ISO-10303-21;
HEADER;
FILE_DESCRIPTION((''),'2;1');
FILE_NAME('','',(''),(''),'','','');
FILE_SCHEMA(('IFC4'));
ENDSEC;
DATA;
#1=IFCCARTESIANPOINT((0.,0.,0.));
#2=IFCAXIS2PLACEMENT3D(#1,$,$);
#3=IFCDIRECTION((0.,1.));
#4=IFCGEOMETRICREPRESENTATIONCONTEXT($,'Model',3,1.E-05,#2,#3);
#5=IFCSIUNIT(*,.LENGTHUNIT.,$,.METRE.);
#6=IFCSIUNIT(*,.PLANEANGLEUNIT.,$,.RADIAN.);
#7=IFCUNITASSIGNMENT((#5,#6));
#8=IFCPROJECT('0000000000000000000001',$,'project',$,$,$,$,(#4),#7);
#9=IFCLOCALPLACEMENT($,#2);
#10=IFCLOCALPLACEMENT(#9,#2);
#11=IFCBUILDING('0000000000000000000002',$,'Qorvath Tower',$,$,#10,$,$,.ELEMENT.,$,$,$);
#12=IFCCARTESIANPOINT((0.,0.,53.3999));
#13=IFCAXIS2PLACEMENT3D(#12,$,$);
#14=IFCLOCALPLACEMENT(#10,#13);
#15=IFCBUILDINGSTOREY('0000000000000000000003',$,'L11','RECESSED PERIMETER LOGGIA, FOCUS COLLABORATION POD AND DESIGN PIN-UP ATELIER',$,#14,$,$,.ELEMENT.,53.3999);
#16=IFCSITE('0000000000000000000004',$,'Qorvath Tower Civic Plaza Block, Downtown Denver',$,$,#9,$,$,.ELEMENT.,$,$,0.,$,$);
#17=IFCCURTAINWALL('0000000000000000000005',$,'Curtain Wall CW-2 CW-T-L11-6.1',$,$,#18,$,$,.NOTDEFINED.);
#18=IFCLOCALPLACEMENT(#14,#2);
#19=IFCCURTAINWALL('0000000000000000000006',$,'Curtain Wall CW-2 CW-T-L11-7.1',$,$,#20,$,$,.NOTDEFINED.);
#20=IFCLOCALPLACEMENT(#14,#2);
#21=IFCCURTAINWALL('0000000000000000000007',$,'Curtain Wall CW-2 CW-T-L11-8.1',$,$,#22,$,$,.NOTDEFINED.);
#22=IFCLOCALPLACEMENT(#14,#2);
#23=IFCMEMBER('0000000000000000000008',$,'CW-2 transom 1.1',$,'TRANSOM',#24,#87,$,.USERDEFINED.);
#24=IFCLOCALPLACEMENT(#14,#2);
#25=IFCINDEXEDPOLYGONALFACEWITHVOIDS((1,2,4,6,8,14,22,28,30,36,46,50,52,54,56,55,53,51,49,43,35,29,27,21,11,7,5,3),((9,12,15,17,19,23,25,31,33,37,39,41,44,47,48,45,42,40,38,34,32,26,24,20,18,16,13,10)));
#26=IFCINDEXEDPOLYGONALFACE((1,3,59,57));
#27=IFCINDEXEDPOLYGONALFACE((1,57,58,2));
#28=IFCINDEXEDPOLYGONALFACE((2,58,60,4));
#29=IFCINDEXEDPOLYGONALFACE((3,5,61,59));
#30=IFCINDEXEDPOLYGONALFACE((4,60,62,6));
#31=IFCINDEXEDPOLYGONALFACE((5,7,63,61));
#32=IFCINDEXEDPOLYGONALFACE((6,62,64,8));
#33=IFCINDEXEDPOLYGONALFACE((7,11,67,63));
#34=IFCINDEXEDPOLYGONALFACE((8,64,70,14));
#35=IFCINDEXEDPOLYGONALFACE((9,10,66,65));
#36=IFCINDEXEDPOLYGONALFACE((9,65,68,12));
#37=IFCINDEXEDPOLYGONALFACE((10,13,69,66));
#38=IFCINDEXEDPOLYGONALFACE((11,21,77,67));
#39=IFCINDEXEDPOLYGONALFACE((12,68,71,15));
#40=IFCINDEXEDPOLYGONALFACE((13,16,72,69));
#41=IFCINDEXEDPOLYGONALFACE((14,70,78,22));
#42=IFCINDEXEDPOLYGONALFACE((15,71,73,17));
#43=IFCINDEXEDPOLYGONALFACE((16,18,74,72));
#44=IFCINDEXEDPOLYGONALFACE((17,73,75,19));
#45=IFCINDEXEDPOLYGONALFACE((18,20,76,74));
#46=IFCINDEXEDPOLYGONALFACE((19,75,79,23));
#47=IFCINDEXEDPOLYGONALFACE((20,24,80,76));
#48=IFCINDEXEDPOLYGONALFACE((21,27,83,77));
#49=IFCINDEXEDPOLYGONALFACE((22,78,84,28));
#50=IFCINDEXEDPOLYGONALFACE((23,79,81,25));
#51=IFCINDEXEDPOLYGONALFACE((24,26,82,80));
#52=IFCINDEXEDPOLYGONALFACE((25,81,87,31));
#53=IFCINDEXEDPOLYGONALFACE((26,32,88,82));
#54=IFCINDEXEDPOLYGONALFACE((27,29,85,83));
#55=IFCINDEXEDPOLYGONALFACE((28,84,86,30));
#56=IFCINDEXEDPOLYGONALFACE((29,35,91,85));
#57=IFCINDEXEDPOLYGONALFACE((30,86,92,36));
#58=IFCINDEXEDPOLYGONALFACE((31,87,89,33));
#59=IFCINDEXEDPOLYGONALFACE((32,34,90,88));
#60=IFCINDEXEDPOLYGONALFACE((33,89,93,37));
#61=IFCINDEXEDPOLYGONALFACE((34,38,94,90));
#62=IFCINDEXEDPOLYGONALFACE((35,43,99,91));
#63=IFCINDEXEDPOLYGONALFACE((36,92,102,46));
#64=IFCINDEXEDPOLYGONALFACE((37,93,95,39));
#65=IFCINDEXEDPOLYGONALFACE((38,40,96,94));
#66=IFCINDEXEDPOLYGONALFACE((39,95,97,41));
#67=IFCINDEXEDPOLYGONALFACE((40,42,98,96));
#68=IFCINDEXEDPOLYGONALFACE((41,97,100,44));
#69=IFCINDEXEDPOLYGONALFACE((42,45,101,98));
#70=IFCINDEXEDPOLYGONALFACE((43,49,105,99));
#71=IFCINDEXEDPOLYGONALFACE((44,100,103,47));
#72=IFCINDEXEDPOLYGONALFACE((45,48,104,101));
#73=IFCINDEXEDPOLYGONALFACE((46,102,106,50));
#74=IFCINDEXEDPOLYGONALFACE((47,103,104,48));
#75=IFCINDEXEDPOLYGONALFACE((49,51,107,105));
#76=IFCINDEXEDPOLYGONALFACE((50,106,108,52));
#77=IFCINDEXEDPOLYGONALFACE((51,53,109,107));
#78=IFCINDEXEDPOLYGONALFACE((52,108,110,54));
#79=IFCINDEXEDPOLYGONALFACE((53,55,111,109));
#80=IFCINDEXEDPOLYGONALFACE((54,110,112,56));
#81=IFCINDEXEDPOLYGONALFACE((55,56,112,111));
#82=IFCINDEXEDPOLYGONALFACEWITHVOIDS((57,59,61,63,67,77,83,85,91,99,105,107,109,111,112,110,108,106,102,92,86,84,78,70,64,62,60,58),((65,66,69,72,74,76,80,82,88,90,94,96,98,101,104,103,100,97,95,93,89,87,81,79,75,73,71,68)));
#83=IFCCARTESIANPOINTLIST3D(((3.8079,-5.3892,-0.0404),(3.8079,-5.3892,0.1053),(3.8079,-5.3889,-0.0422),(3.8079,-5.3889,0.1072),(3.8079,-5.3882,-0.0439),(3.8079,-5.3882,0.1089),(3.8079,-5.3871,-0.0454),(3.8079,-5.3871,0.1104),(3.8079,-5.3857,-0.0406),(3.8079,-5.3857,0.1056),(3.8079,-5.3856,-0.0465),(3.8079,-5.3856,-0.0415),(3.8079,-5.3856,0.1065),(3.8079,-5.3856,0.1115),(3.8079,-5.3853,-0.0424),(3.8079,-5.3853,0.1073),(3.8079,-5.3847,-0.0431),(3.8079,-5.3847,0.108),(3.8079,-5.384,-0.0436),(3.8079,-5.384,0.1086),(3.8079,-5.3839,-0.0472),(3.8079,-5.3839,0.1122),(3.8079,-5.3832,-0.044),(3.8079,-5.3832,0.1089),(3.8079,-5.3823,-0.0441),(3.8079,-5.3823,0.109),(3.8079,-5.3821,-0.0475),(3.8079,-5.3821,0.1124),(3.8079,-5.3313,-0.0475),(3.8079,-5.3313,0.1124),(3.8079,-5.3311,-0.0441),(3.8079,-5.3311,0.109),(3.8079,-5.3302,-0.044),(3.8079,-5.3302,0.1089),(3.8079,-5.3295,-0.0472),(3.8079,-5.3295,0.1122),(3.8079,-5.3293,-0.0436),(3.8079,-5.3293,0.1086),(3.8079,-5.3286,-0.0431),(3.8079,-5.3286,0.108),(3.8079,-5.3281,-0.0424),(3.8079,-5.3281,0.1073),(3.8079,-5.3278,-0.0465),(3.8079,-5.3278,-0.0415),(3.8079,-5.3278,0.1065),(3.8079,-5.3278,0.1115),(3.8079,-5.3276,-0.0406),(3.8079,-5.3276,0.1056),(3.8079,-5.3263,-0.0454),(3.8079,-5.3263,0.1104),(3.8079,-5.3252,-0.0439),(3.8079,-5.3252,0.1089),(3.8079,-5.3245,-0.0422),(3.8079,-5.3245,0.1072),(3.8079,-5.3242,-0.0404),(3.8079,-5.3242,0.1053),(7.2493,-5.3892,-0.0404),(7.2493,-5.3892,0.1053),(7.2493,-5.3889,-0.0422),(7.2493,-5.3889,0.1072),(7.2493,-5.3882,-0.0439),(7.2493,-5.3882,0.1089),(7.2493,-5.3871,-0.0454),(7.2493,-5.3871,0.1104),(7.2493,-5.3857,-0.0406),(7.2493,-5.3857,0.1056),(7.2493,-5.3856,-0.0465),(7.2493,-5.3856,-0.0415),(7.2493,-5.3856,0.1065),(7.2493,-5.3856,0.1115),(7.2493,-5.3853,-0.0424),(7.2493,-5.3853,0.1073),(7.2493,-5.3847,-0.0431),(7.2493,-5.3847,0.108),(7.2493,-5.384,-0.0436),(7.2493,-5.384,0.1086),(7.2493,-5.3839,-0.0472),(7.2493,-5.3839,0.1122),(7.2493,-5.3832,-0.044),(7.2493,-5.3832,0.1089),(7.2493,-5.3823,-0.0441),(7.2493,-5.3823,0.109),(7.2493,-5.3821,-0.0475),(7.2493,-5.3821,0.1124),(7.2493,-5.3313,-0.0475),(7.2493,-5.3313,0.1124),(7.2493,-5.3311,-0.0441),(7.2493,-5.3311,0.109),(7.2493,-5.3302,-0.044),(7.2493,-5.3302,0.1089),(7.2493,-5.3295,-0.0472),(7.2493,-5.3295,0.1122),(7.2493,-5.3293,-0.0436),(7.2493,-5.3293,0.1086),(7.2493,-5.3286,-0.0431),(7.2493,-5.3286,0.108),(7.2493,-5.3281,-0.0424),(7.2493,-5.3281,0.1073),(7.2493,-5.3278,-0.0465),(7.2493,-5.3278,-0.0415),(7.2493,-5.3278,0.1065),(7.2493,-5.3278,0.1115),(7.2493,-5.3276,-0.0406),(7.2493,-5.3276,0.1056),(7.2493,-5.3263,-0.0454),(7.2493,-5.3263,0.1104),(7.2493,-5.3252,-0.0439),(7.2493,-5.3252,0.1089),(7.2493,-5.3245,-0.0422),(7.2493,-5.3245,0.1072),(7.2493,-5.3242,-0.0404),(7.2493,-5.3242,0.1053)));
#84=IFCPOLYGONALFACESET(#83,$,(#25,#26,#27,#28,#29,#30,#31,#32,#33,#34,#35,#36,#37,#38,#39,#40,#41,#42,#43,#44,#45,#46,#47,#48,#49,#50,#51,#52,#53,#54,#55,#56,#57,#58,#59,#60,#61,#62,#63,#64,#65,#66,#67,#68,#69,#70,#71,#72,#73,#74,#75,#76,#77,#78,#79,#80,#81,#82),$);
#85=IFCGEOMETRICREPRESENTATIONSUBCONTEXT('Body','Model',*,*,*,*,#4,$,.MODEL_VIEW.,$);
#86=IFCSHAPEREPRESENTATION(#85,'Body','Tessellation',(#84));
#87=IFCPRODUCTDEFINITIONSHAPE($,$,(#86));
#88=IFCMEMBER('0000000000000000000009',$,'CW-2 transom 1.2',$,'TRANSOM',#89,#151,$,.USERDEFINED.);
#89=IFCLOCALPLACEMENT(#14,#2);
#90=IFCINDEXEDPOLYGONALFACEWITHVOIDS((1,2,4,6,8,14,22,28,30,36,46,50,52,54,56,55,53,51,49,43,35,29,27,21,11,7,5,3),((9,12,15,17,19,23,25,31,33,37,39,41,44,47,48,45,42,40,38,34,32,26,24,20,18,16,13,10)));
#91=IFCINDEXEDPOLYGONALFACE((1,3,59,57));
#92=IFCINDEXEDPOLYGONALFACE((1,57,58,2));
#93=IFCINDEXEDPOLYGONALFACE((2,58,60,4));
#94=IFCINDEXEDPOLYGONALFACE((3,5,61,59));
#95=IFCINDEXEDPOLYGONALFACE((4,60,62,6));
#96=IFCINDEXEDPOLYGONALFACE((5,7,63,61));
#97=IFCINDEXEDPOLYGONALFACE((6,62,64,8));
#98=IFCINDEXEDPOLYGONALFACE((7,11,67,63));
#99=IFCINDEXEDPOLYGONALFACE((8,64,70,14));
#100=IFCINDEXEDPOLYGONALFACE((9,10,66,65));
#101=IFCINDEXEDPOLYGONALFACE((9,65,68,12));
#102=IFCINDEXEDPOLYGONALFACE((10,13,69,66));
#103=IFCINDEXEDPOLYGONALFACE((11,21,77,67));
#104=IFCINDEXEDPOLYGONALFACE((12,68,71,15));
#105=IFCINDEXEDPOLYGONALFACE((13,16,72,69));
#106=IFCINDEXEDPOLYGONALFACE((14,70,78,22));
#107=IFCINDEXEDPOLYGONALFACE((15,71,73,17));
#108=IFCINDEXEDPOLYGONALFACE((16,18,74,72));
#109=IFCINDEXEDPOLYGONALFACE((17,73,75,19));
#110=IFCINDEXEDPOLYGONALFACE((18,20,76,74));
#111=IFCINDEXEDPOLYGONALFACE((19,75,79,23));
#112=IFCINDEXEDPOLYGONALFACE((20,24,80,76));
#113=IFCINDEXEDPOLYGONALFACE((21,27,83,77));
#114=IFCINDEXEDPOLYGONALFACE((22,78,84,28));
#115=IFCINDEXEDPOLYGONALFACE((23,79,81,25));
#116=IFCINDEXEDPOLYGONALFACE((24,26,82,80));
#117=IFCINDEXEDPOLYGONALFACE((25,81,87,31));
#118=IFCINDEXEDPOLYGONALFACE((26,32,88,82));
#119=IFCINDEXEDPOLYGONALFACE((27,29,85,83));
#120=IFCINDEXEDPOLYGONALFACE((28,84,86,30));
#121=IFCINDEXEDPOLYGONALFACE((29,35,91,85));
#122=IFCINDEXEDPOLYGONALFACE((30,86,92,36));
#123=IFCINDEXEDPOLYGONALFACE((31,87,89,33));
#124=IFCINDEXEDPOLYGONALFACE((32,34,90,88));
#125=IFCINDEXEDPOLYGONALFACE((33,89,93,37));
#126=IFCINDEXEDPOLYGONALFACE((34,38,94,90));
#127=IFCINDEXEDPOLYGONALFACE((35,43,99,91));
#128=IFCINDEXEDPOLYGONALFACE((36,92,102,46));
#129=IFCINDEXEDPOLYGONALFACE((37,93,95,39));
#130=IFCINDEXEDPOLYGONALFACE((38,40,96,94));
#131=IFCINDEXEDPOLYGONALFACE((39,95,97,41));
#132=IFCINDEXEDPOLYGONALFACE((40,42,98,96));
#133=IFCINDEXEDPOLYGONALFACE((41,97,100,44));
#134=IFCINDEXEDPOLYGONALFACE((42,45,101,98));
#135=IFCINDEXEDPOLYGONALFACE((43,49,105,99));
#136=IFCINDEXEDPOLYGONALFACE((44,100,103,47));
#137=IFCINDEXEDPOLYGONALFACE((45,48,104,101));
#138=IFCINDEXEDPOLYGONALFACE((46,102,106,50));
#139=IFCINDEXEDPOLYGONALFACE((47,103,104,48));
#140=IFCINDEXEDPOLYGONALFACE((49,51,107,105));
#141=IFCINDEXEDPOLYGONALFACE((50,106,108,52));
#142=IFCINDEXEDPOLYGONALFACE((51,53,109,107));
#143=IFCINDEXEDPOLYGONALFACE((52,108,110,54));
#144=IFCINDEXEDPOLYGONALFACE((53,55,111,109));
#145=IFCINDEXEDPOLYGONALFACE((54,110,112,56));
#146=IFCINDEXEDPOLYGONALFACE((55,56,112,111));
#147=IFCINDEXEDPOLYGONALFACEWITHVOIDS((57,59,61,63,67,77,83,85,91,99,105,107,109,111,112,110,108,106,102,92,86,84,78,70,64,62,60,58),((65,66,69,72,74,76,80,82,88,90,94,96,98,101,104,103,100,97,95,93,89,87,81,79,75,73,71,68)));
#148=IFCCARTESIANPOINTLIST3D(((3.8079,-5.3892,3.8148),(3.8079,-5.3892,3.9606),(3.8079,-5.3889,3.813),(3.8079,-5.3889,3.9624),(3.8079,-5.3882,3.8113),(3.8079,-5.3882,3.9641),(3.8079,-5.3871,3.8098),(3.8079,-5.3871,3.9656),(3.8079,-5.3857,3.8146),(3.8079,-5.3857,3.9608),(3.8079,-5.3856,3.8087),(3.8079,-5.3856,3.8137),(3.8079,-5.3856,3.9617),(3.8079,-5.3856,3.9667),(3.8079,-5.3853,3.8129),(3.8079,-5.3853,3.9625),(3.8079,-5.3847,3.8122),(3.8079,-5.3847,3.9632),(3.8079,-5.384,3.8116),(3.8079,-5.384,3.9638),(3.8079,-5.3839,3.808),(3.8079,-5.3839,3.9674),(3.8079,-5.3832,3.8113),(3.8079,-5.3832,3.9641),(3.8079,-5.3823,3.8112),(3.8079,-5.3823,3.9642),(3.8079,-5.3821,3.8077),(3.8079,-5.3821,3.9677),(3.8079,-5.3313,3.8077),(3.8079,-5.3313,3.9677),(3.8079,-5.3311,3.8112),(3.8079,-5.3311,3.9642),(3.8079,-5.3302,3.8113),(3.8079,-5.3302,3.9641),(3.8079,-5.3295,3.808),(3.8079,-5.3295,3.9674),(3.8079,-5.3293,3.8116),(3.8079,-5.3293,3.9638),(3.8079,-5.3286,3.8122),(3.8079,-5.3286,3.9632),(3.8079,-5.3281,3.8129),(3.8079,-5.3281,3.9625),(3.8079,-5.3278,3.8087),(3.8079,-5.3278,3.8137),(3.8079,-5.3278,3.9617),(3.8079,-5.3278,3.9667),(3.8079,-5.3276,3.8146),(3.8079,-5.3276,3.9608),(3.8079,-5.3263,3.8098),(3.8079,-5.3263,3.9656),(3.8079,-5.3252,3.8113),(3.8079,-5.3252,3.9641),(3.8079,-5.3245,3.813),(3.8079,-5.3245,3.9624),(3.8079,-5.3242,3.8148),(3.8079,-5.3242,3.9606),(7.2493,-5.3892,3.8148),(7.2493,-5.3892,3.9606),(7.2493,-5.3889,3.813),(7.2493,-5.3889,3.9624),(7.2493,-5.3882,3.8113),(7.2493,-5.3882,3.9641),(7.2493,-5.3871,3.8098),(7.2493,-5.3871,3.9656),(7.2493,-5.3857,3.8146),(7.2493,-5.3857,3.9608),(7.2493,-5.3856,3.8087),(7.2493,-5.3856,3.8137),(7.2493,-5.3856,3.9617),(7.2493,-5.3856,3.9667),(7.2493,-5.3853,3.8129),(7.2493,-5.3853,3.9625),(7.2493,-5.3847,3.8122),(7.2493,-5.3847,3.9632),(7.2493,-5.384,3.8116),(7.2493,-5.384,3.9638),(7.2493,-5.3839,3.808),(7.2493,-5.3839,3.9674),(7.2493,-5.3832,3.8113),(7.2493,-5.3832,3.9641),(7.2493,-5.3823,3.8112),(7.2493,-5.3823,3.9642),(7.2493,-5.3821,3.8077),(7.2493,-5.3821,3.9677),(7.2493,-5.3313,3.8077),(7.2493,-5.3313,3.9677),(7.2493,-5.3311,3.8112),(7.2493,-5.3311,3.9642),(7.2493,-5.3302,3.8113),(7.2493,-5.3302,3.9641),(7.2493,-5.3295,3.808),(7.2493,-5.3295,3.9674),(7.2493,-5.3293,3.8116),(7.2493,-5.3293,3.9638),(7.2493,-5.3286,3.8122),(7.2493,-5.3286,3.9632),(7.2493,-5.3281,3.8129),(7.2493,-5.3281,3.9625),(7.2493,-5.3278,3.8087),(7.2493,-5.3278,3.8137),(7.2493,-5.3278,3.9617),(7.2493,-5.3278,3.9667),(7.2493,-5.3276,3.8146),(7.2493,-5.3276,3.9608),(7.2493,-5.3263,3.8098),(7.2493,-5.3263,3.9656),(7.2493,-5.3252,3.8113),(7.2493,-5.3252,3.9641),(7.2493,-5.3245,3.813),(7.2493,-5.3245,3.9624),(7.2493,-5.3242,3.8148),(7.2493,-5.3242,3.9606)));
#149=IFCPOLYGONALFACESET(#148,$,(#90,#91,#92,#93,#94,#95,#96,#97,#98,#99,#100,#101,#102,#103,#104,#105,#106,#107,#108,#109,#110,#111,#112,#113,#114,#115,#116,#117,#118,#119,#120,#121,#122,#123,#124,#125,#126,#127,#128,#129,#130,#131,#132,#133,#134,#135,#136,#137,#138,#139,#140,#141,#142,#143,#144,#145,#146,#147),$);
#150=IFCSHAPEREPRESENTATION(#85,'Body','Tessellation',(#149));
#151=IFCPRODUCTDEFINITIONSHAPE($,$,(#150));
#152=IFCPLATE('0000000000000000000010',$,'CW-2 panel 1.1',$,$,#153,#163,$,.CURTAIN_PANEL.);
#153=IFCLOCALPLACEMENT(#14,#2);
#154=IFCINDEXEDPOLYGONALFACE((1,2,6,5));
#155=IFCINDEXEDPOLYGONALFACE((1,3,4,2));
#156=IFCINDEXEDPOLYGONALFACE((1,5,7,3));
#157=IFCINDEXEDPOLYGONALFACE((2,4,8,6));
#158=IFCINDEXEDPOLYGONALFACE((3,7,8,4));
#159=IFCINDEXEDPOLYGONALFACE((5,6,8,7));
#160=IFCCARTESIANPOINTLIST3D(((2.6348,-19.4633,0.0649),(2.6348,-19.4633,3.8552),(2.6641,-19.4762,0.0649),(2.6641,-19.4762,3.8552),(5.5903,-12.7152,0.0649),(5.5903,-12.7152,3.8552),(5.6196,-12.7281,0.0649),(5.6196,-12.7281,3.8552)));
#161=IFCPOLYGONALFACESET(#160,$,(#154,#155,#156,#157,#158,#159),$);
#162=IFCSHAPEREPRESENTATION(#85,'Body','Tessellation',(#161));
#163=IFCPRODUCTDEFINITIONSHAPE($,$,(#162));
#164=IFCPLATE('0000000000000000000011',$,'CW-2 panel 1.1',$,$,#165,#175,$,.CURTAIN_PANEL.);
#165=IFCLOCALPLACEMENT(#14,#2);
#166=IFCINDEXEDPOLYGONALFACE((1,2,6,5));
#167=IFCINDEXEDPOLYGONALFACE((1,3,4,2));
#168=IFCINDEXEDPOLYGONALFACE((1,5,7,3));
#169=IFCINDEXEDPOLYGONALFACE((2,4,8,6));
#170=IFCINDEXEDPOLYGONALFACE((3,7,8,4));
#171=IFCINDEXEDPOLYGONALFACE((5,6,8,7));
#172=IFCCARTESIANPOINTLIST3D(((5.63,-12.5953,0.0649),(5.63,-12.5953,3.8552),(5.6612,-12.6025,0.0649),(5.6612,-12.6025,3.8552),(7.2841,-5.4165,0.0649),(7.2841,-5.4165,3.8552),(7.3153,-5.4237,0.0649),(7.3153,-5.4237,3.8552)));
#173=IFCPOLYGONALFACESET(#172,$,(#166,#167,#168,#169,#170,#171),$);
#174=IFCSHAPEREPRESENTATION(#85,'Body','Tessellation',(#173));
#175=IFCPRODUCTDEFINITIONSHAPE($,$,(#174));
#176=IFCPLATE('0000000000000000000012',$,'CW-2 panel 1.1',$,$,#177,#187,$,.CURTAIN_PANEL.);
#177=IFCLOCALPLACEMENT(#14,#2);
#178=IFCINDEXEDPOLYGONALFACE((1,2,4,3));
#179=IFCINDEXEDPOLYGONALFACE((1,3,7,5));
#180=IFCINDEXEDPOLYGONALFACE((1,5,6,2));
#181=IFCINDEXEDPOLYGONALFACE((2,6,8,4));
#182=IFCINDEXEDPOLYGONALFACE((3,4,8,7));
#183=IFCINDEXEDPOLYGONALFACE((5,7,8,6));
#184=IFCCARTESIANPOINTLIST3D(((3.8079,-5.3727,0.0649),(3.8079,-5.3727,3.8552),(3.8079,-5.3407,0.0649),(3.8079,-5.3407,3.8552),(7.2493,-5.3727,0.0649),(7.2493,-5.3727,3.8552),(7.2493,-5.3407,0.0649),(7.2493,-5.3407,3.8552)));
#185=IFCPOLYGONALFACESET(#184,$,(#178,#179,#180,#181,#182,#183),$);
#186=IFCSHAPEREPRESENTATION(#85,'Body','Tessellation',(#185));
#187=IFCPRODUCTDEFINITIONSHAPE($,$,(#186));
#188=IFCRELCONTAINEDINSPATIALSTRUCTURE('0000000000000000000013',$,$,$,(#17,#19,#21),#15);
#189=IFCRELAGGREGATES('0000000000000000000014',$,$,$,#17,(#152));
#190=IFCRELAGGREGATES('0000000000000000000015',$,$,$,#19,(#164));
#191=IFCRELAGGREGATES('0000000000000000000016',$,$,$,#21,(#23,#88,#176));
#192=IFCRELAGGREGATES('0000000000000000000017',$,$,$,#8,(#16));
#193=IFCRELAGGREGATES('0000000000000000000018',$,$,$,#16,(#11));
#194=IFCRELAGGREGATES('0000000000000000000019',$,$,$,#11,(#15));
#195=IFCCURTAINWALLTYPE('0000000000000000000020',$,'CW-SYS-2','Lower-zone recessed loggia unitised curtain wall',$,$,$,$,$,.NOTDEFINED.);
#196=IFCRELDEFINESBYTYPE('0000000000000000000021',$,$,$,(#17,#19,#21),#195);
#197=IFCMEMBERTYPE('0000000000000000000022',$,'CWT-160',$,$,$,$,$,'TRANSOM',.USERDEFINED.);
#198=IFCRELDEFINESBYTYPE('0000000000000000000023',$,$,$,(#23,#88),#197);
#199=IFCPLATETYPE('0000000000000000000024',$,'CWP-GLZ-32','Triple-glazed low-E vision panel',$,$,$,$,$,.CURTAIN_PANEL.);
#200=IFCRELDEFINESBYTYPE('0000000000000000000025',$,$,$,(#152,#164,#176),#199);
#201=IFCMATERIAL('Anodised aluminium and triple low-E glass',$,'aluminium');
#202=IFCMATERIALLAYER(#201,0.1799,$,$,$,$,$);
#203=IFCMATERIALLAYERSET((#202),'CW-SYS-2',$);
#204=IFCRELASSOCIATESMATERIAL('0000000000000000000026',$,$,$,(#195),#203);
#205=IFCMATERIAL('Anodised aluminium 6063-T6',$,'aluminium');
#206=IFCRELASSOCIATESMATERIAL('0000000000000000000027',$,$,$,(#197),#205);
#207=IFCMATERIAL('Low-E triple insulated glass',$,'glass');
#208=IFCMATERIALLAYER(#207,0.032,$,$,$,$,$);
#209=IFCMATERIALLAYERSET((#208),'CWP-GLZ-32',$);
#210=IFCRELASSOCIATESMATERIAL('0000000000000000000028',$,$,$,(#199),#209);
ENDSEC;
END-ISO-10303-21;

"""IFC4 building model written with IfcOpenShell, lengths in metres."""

from ifc_helpers import new_model, si_unit, direction, frame, origin, origin_2d, place, context, subcontext, project, spatial, rectangle, hollow_rectangle, extrude, material, layer, layer_set, material_profile, profile_set, type_object, element, aggregate, save


model = new_model("IFC4")

# Units and contexts
model_context = context("Model", 3, precision=1e-05, world=origin(), true_north=direction((0.0, 1.0)))
body_context = subcontext(model_context, "Body", "Model", "MODEL_VIEW")
ifc_project = project(units=[si_unit("LENGTHUNIT", "METRE"), si_unit("PLANEANGLEUNIT", "RADIAN")], contexts=[model_context])

# Site, building, storey
site_placement = place(None, origin())
site = spatial("IfcSite", under=ifc_project, at=site_placement, Name="Qorvath Tower Civic Plaza Block, Downtown Denver", CompositionType="ELEMENT", RefElevation=0.0)
building_placement = place(site_placement, origin())
building = spatial("IfcBuilding", under=site, at=building_placement, Name="Qorvath Tower", CompositionType="ELEMENT")
storey_placement = place(building_placement, frame((0.0, 0.0, 53.3999)))
storey = spatial("IfcBuildingStorey", under=building, at=storey_placement, Name="L11", Description="RECESSED PERIMETER LOGGIA, FOCUS COLLABORATION POD AND DESIGN PIN-UP ATELIER", CompositionType="ELEMENT", Elevation=53.3999)

# Curtain walls
ifc_material_1 = material(Name="Anodised aluminium and triple low-E glass", Category="aluminium")
ifc_layer_1 = layer(ifc_material_1, 0.1799)
ifc_layer_set_1 = layer_set([ifc_layer_1], Name="CW-SYS-2")
curtain_wall_type = type_object("IfcCurtainWallType", Name="CW-SYS-2", Description="Lower-zone recessed loggia unitised curtain wall", PredefinedType="NOTDEFINED", material=ifc_layer_set_1)
curtain_wall_1_placement = place(storey_placement, origin())
curtain_wall_1 = element("IfcCurtainWall", 1, at=curtain_wall_1_placement, inside=storey, type_object=curtain_wall_type, Name="Curtain Wall CW-2 CW-T-L11-6.1", PredefinedType="NOTDEFINED")
curtain_wall_2_placement = place(storey_placement, origin())
curtain_wall_2 = element("IfcCurtainWall", 2, at=curtain_wall_2_placement, inside=storey, type_object=curtain_wall_type, Name="Curtain Wall CW-2 CW-T-L11-7.1", PredefinedType="NOTDEFINED")
curtain_wall_3_placement = place(storey_placement, origin())
curtain_wall_3 = element("IfcCurtainWall", 3, at=curtain_wall_3_placement, inside=storey, type_object=curtain_wall_type, Name="Curtain Wall CW-2 CW-T-L11-8.1", PredefinedType="NOTDEFINED")

# Members
ifc_material_2 = material(Name="Anodised aluminium 6063-T6", Category="aluminium")
ifc_material_profile_1 = material_profile(ifc_material_2, hollow_rectangle(XDim=0.0649, YDim=0.1599, WallThickness=0.0034, InnerFilletRadius=0.0034, OuterFilletRadius=0.0071, at=origin_2d()), Name="CWT 160x65")
ifc_profile_set_1 = profile_set([ifc_material_profile_1], Name="Anodised aluminium 6063-T6")
member_type_1 = type_object("IfcMemberType", Name="CWT-160", ElementType="TRANSOM", PredefinedType="USERDEFINED", material=ifc_profile_set_1)
member_1_placement = place(storey_placement, frame((7.2493, -5.3567, 0.0325), z_axis=(-1.0, 0.0, 0.0), x_axis=(0.0, -1.0, 0.0)))
member_1 = element("IfcMember", 4, at=member_1_placement, type_object=member_type_1, Name="CW-2 transom 1.1", ObjectType="TRANSOM", PredefinedType="USERDEFINED", context=body_context, shape_type="SweptSolid", body=[
    extrude(hollow_rectangle(XDim=0.0649, YDim=0.1599, WallThickness=0.0034, InnerFilletRadius=0.0034, OuterFilletRadius=0.0071, at=origin_2d()), origin(), (0.0, 0.0, 1.0), 3.4414),
])
member_2_placement = place(storey_placement, frame((7.2493, -5.3567, 3.8877), z_axis=(-1.0, 0.0, 0.0), x_axis=(0.0, -1.0, 0.0)))
member_2 = element("IfcMember", 5, at=member_2_placement, type_object=member_type_1, Name="CW-2 transom 1.2", ObjectType="TRANSOM", PredefinedType="USERDEFINED", context=body_context, shape_type="SweptSolid", body=[
    extrude(hollow_rectangle(XDim=0.0649, YDim=0.1599, WallThickness=0.0034, InnerFilletRadius=0.0034, OuterFilletRadius=0.0071, at=origin_2d()), origin(), (0.0, 0.0, 1.0), 3.4414),
])

# Plates
ifc_material_3 = material(Name="Low-E triple insulated glass", Category="glass")
ifc_layer_2 = layer(ifc_material_3, 0.032)
ifc_layer_set_2 = layer_set([ifc_layer_2], Name="CWP-GLZ-32")
plate_type = type_object("IfcPlateType", Name="CWP-GLZ-32", Description="Triple-glazed low-E vision panel", PredefinedType="CURTAIN_PANEL", material=ifc_layer_set_2)
plate_1_placement = place(storey_placement, frame((4.1272, -16.0957, 0.0649), z_axis=(0.0, 0.0, 1.0), x_axis=(0.401177, 0.916001, 0.0)))
plate_1 = element("IfcPlate", 6, at=plate_1_placement, type_object=plate_type, Name="CW-2 panel 1.1", PredefinedType="CURTAIN_PANEL", context=body_context, shape_type="SweptSolid", body=[
    extrude(rectangle(XDim=7.3669, YDim=0.032, at=origin_2d()), origin(), (0.0, 0.0, 1.0), 3.7903),
])
aggregate(curtain_wall_1, [plate_1])
plate_2_placement = place(storey_placement, frame((6.4727, -9.0095, 0.0649), z_axis=(0.0, 0.0, 1.0), x_axis=(0.224535, 0.974466, 0.0)))
plate_2 = element("IfcPlate", 7, at=plate_2_placement, type_object=plate_type, Name="CW-2 panel 1.1", PredefinedType="CURTAIN_PANEL", context=body_context, shape_type="SweptSolid", body=[
    extrude(rectangle(XDim=7.3669, YDim=0.032, at=origin_2d()), origin(), (0.0, 0.0, 1.0), 3.7903),
])
aggregate(curtain_wall_2, [plate_2])
plate_3_placement = place(storey_placement, frame((5.5286, -5.3567, 0.0649), z_axis=(0.0, 0.0, 1.0), x_axis=(-1.0, 0.0, 0.0)))
plate_3 = element("IfcPlate", 8, at=plate_3_placement, type_object=plate_type, Name="CW-2 panel 1.1", PredefinedType="CURTAIN_PANEL", context=body_context, shape_type="SweptSolid", body=[
    extrude(rectangle(XDim=3.4414, YDim=0.032, at=origin_2d()), origin(), (0.0, 0.0, 1.0), 3.7903),
])
aggregate(curtain_wall_3, [member_1, member_2, plate_3])

save(model, "model.ifc")
